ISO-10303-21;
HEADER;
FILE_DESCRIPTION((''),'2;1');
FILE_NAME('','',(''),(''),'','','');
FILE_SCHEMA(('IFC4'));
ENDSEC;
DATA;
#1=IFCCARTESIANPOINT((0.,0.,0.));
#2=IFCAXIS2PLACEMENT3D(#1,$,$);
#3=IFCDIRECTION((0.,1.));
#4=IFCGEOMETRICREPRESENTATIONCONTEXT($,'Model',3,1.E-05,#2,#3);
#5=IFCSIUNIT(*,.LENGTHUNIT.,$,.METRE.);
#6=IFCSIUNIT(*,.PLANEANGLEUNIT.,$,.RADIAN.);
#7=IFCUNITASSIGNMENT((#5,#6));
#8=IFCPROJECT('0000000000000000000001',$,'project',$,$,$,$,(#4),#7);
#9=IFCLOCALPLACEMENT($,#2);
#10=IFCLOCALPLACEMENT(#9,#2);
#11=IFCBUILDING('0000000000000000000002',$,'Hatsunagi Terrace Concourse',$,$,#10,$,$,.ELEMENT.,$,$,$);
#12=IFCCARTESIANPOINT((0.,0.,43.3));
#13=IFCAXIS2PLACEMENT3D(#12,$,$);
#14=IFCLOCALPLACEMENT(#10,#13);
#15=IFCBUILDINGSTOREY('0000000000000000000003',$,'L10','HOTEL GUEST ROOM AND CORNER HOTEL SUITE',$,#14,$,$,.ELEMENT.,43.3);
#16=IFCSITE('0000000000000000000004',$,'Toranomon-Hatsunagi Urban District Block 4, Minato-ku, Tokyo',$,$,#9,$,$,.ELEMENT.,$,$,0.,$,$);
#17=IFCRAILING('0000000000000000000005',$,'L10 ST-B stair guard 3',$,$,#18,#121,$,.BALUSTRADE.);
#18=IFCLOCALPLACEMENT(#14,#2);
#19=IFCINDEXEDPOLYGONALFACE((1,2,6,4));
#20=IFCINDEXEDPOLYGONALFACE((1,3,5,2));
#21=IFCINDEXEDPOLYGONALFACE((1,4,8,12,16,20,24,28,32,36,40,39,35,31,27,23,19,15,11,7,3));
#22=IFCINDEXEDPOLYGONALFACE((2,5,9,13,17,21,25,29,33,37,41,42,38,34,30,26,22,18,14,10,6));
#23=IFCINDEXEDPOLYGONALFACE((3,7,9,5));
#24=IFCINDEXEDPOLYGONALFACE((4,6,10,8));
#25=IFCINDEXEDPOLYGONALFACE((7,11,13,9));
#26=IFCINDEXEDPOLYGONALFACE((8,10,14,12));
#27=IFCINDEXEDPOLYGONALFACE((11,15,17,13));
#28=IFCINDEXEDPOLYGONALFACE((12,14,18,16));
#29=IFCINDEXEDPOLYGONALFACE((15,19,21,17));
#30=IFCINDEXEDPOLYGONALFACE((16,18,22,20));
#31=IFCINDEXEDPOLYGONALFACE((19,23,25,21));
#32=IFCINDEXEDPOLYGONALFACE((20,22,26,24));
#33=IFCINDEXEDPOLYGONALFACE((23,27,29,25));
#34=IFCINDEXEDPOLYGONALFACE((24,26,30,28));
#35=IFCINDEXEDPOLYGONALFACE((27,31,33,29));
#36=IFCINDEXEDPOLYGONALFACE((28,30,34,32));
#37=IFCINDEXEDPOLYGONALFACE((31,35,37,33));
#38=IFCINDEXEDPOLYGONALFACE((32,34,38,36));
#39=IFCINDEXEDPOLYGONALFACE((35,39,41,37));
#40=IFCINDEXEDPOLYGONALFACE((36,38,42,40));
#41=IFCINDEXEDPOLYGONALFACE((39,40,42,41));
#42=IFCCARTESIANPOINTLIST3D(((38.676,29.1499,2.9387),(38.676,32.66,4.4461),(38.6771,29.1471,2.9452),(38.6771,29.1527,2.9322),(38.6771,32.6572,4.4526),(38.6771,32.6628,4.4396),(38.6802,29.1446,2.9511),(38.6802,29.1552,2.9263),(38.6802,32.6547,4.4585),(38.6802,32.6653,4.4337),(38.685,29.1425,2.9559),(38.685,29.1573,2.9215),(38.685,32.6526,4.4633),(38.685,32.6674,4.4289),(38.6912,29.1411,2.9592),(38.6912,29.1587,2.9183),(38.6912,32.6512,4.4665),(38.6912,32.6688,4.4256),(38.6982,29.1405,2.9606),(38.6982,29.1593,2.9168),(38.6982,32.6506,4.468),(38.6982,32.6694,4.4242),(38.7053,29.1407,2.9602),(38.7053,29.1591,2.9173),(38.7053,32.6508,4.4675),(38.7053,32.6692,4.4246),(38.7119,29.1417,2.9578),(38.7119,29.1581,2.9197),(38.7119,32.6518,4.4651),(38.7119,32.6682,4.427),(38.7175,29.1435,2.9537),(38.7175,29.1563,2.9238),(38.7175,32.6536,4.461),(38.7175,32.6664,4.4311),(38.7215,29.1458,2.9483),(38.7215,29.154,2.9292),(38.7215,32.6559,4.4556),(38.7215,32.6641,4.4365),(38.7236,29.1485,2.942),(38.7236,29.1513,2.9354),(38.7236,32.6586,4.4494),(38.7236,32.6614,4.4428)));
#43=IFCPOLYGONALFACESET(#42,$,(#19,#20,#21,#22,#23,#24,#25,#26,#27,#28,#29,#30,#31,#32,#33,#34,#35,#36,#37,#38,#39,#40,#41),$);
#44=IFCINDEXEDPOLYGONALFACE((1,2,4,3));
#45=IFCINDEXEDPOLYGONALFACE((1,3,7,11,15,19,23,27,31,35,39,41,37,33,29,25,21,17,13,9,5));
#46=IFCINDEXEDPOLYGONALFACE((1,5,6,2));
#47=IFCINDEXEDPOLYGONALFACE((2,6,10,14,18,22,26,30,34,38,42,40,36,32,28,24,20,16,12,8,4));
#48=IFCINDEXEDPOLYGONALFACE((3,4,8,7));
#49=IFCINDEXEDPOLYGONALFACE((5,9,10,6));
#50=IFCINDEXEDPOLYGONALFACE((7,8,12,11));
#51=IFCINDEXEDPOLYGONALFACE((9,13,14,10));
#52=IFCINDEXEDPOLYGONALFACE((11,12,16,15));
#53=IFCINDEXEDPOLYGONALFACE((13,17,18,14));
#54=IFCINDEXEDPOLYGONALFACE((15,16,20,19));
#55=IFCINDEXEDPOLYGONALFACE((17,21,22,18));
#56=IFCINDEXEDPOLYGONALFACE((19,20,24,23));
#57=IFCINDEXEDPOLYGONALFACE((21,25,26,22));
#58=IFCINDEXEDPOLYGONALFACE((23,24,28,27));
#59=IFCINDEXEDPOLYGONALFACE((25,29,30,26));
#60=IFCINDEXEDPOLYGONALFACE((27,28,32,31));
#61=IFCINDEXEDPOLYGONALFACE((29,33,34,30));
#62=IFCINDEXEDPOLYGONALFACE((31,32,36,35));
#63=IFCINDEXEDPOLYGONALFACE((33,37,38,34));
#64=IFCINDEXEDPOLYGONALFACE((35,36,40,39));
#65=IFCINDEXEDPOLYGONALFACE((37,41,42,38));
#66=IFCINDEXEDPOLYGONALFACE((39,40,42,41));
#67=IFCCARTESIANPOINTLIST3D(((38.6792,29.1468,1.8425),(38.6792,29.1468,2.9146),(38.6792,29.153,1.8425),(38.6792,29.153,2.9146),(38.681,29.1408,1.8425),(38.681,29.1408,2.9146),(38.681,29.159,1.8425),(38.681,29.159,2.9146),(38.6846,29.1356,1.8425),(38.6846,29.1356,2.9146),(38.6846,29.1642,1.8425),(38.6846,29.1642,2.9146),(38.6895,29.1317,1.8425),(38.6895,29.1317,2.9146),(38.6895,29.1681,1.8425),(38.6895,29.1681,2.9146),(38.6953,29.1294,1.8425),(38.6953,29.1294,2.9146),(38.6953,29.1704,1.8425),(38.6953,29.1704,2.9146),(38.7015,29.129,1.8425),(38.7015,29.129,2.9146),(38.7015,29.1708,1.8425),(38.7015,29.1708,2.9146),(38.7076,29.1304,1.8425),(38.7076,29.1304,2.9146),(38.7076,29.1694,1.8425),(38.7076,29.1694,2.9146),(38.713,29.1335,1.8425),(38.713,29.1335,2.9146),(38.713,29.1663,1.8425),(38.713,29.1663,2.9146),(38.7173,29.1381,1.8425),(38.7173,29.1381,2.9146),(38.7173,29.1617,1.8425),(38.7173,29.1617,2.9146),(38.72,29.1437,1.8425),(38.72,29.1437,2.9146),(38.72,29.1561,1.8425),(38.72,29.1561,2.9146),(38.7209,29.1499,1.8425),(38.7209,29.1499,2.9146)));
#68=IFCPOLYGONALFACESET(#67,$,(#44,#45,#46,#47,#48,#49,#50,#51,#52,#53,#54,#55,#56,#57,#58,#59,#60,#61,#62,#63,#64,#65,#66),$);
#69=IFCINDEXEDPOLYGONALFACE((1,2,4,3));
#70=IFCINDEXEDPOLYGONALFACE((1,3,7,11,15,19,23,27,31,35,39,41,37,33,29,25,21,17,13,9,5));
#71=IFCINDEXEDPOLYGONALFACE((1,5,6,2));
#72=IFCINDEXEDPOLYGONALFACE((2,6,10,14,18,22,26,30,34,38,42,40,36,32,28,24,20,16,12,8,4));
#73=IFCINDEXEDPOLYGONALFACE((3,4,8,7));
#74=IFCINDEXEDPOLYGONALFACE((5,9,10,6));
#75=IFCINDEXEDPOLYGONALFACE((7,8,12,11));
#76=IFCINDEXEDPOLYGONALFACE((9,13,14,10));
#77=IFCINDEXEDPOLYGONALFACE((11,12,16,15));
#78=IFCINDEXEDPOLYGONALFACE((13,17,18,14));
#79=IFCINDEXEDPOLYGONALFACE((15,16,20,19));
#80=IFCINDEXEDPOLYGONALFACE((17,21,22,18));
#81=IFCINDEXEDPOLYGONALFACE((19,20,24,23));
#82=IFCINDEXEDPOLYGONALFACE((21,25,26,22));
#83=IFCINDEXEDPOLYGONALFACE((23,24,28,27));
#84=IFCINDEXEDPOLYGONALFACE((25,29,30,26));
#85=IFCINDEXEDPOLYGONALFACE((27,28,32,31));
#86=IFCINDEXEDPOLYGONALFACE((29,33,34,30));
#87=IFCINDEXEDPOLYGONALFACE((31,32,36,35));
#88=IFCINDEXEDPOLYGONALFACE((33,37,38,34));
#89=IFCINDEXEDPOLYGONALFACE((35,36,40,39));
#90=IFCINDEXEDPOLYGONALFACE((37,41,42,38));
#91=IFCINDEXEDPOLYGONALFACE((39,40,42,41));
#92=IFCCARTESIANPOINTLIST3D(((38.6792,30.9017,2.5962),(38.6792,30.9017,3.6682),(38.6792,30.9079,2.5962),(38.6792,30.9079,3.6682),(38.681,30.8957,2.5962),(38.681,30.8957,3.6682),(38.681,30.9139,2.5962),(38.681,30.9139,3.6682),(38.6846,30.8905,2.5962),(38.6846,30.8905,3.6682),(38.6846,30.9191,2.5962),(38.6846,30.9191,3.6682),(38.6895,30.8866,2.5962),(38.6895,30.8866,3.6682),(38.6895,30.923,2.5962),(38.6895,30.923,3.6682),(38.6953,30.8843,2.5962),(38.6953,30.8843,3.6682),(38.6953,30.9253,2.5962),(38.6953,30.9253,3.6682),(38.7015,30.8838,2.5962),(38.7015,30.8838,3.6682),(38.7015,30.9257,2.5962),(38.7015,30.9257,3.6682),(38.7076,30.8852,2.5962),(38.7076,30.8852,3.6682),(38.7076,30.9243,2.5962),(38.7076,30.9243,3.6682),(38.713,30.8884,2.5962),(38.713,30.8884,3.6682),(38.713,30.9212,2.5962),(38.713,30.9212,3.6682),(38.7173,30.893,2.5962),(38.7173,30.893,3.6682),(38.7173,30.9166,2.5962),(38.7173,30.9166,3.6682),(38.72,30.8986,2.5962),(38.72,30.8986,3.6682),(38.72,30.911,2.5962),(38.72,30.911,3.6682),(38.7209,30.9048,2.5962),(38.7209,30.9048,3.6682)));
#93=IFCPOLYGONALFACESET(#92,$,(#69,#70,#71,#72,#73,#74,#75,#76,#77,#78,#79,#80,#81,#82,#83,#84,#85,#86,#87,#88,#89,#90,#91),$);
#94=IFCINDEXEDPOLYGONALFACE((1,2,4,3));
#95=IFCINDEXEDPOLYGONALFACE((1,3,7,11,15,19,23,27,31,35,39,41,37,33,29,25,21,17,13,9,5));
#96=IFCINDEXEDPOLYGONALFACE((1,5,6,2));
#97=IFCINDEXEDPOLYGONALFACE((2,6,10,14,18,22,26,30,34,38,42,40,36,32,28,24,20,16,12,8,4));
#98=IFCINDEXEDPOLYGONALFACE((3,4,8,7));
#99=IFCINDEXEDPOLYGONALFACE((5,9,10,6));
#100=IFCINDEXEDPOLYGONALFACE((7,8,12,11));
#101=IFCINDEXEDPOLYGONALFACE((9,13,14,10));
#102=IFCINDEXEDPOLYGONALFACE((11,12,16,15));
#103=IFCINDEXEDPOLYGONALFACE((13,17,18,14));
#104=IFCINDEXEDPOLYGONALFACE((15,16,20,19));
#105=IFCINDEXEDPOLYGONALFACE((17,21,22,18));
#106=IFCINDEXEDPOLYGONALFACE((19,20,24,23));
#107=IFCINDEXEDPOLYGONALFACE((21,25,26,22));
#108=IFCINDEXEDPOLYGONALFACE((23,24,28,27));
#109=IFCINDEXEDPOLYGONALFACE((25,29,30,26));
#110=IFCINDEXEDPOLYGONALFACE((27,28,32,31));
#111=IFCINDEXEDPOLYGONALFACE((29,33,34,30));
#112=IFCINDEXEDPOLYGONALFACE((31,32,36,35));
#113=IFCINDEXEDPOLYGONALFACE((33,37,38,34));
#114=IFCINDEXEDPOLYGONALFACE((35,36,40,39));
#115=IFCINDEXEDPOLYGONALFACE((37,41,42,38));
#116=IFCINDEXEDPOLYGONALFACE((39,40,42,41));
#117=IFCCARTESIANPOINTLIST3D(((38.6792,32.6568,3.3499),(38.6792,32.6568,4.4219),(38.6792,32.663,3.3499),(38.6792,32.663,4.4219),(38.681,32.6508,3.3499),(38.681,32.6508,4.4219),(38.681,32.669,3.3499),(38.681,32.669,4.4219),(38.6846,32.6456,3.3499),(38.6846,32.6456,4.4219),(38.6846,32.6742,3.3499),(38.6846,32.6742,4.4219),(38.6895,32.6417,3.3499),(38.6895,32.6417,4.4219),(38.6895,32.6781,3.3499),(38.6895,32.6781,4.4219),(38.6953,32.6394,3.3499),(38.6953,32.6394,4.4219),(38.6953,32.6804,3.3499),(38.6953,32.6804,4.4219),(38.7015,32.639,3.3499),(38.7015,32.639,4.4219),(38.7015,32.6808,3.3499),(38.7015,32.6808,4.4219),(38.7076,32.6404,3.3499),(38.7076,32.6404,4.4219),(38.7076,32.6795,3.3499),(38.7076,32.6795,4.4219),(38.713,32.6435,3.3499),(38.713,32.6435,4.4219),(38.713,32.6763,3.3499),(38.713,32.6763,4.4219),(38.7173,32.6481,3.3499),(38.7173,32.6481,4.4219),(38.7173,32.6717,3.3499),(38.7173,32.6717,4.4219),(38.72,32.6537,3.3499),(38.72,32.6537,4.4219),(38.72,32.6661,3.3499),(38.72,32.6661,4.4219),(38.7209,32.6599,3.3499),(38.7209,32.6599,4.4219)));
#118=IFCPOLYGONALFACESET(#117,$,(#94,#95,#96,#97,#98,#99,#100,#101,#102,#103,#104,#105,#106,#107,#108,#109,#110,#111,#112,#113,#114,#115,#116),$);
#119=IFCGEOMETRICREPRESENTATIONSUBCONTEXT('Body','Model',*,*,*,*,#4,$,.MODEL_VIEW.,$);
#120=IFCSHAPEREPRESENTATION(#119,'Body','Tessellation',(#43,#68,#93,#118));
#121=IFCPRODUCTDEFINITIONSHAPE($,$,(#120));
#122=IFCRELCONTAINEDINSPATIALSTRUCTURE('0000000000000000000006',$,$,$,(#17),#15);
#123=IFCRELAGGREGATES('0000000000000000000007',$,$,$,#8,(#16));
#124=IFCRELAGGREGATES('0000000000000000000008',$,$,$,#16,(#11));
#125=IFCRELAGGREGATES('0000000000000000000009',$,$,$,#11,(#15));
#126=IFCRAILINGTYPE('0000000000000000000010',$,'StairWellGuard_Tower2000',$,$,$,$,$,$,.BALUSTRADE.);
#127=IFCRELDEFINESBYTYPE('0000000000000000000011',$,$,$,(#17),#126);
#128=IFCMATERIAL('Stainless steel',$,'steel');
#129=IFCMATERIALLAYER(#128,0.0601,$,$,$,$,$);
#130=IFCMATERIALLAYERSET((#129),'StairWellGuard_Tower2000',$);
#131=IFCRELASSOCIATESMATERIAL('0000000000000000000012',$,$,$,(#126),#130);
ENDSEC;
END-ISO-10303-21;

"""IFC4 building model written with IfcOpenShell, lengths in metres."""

from ifc_helpers import new_model, si_unit, direction, frame, origin, origin_2d, place, context, subcontext, project, spatial, circle, extrude, material, layer, layer_set, type_object, element, save


model = new_model("IFC4")

# Units and contexts
model_context = context("Model", 3, precision=1e-05, world=origin(), true_north=direction((0.0, 1.0)))
body_context = subcontext(model_context, "Body", "Model", "MODEL_VIEW")
ifc_project = project(units=[si_unit("LENGTHUNIT", "METRE"), si_unit("PLANEANGLEUNIT", "RADIAN")], contexts=[model_context])

# Site, building, storey
site_placement = place(None, origin())
site = spatial("IfcSite", under=ifc_project, at=site_placement, Name="Toranomon-Hatsunagi Urban District Block 4, Minato-ku, Tokyo", CompositionType="ELEMENT", RefElevation=0.0)
building_placement = place(site_placement, origin())
building = spatial("IfcBuilding", under=site, at=building_placement, Name="Hatsunagi Terrace Concourse", CompositionType="ELEMENT")
storey_placement = place(building_placement, frame((0.0, 0.0, 43.3)))
storey = spatial("IfcBuildingStorey", under=building, at=storey_placement, Name="L10", Description="HOTEL GUEST ROOM AND CORNER HOTEL SUITE", CompositionType="ELEMENT", Elevation=43.3)

# Railing
ifc_material_1 = material(Name="Stainless steel", Category="steel")
ifc_layer_1 = layer(ifc_material_1, 0.0601)
ifc_layer_set_1 = layer_set([ifc_layer_1], Name="StairWellGuard_Tower2000")
railing_type_1 = type_object("IfcRailingType", Name="StairWellGuard_Tower2000", PredefinedType="BALUSTRADE", material=ifc_layer_set_1)
railing_1_placement = place(storey_placement, frame((38.7, 29.1499, 1.8425)))
element("IfcRailing", 1, at=railing_1_placement, inside=storey, type_object=railing_type_1, Name="L10 ST-B stair guard 3", PredefinedType="BALUSTRADE", context=body_context, shape_type="SweptSolid", body=[
    extrude(circle(Radius=0.0239, at=origin_2d()), frame((0.0, 0.0, 1.0962), z_axis=(0.0, 0.918857, 0.39459), x_axis=(-1.0, 0.0, 0.0)), (0.0, 0.0, 1.0), 3.8201),
    extrude(circle(Radius=0.021, at=origin_2d()), origin(), (0.0, 0.0, 1.0), 1.072),
    extrude(circle(Radius=0.021, at=origin_2d()), frame((0.0, 1.7549, 0.7537)), (0.0, 0.0, 1.0), 1.072),
    extrude(circle(Radius=0.021, at=origin_2d()), frame((0.0, 3.51, 1.5073)), (0.0, 0.0, 1.0), 1.072),
])

save(model, "model.ifc")
